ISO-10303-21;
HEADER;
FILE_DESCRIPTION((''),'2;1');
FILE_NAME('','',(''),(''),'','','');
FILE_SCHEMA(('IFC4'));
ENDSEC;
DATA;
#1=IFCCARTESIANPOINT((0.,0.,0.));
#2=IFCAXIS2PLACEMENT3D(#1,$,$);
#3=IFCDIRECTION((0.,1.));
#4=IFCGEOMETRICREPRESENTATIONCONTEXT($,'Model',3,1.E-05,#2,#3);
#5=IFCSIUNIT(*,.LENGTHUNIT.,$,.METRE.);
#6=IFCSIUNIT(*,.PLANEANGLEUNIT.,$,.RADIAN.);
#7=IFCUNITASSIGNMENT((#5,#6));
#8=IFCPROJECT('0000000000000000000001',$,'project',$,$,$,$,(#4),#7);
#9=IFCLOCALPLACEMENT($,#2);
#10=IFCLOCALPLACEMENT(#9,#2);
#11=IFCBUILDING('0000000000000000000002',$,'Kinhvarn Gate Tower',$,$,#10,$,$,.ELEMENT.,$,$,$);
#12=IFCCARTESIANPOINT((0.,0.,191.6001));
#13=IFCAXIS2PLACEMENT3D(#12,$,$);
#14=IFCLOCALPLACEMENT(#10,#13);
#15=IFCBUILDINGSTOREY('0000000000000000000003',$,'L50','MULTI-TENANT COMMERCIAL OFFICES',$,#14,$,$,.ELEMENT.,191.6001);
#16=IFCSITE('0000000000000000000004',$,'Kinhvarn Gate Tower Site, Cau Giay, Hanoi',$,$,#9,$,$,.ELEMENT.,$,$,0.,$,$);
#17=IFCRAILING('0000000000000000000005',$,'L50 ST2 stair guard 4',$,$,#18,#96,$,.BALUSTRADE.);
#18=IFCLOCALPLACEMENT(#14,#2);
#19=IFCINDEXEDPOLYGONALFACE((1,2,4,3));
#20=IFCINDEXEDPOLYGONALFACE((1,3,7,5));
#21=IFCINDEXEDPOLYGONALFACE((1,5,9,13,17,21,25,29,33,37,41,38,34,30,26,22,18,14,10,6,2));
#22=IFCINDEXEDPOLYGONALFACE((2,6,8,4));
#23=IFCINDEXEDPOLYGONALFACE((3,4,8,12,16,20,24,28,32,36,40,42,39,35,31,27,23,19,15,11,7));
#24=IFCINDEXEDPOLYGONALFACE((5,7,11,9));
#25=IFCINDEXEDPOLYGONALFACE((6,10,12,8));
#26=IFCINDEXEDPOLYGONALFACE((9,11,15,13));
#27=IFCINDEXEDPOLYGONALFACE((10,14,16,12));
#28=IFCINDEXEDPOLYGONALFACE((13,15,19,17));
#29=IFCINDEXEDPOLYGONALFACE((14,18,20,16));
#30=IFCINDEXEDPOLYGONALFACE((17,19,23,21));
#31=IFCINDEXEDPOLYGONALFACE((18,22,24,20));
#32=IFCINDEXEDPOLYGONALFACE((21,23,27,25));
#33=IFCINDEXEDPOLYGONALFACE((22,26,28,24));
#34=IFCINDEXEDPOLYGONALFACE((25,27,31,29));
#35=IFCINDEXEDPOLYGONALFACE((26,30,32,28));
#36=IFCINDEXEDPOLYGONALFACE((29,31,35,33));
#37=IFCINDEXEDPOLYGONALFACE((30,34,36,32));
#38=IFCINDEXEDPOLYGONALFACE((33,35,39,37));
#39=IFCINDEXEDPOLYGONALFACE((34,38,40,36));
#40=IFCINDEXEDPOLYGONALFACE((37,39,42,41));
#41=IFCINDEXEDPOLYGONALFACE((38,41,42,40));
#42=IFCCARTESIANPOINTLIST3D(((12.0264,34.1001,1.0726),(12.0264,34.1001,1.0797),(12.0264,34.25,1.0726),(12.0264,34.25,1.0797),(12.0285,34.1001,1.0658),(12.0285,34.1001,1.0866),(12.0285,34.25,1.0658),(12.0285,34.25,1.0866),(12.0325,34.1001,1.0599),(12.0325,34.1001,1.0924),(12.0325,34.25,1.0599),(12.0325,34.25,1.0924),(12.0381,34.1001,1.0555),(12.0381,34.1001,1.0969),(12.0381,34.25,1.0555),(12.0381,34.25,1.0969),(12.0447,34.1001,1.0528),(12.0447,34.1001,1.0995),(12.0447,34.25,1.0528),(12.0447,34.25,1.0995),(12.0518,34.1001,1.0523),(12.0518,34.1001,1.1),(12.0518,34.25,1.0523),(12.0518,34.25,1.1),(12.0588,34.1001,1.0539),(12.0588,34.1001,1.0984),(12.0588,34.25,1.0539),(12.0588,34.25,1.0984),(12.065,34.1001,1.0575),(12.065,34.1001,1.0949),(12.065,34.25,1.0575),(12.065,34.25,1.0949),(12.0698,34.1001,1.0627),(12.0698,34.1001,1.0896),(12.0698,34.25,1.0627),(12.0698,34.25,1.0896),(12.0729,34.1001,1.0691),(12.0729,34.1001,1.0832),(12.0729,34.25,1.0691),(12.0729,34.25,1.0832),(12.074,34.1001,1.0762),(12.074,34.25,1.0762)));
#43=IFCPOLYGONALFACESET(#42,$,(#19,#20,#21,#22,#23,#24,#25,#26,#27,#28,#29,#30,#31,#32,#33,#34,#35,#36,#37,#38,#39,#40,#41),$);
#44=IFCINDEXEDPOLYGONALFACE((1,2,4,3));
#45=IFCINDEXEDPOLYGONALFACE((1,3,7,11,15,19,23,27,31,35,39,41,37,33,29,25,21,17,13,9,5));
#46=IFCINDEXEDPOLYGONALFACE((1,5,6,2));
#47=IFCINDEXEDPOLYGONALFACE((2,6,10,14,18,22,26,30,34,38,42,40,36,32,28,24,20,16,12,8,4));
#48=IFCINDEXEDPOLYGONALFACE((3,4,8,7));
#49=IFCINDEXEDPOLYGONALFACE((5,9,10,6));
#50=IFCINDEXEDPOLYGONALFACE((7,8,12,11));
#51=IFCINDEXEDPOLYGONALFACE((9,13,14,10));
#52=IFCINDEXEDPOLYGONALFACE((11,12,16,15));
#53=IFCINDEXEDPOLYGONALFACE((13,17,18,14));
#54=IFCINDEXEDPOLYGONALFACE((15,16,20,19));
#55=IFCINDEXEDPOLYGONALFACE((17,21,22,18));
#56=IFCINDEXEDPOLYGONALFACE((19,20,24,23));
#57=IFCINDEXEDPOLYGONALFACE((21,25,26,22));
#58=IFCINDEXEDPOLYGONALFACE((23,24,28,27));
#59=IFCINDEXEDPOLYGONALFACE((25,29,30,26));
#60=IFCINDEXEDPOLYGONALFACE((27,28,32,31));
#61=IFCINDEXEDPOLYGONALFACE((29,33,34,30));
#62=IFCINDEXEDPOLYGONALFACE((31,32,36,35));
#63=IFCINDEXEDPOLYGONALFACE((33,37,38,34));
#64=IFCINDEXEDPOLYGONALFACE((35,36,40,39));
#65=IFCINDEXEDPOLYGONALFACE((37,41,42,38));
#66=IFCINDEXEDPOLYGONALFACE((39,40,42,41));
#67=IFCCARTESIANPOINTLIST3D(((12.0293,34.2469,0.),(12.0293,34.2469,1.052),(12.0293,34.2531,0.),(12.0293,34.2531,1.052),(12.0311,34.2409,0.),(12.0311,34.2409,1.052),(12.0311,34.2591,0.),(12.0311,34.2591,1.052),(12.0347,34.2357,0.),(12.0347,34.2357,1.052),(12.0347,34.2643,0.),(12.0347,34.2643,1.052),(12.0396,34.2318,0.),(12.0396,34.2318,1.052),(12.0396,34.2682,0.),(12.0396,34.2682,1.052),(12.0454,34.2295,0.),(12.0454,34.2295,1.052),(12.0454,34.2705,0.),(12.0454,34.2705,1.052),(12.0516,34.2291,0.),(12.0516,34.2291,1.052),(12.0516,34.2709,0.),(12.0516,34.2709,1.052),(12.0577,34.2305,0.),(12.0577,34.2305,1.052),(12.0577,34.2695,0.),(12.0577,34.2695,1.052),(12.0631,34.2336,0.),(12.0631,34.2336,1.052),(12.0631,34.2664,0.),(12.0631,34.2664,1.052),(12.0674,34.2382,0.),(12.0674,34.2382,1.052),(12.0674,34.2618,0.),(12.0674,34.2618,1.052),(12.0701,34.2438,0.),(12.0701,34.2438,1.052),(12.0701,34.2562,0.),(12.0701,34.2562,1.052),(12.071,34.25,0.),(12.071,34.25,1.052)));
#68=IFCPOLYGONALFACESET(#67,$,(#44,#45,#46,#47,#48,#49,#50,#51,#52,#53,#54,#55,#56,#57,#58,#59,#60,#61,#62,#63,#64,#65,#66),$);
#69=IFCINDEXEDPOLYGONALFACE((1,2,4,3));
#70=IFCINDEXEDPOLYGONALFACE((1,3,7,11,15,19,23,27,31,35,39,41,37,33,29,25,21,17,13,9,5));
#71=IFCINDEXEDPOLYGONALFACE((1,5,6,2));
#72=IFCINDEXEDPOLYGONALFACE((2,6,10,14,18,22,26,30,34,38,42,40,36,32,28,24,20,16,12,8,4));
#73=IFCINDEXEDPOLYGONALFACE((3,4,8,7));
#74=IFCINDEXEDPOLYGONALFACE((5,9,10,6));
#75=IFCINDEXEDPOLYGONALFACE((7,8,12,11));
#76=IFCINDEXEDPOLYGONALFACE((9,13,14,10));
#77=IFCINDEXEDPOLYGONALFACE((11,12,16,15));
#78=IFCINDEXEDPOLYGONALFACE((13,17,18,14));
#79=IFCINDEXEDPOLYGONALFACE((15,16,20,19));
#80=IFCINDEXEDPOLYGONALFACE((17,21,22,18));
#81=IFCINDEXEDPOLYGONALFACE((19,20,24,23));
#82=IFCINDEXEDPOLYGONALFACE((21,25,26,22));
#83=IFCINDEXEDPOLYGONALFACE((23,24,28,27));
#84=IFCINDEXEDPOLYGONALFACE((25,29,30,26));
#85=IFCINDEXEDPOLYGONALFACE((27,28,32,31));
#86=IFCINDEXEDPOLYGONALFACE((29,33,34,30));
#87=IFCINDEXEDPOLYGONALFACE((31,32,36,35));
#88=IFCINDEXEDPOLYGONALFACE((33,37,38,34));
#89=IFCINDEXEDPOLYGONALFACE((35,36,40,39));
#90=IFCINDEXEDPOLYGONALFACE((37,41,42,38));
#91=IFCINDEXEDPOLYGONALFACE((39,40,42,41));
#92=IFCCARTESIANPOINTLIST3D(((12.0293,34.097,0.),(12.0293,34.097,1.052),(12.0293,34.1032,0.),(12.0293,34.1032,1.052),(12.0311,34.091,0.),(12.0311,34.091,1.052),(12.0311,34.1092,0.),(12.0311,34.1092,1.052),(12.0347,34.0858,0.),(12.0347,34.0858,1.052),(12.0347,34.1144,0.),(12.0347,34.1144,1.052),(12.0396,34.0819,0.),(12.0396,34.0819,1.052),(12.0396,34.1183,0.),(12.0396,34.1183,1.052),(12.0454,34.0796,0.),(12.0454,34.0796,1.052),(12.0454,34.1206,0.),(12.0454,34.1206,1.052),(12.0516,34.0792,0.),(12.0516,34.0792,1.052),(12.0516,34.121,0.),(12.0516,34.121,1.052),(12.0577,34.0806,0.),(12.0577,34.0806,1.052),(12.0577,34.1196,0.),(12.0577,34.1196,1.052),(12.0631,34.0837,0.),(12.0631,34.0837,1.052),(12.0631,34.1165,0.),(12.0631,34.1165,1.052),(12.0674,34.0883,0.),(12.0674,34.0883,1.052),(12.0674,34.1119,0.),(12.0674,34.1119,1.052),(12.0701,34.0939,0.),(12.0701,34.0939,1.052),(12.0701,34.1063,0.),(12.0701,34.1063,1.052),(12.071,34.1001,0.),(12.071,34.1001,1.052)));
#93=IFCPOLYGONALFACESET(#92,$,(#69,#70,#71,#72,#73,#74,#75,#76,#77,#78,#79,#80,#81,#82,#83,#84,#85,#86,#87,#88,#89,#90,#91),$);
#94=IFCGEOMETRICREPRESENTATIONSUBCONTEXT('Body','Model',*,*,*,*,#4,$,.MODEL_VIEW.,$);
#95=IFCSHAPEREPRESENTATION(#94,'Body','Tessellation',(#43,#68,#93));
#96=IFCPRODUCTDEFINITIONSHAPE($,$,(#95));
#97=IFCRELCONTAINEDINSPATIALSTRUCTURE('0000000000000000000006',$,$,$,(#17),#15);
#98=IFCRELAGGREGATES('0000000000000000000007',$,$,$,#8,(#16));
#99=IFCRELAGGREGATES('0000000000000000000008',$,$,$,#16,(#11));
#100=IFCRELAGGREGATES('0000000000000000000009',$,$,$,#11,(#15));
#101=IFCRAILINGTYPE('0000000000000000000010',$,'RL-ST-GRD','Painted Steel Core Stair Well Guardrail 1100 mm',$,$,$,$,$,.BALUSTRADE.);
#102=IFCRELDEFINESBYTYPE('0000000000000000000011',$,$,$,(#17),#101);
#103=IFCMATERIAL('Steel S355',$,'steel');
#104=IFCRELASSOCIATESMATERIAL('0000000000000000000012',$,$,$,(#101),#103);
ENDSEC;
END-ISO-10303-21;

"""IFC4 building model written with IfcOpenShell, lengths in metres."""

from ifc_helpers import new_model, si_unit, direction, frame, origin, origin_2d, place, context, subcontext, project, spatial, circle, extrude, material, type_object, element, save


model = new_model("IFC4")

# Units and contexts
model_context = context("Model", 3, precision=1e-05, world=origin(), true_north=direction((0.0, 1.0)))
body_context = subcontext(model_context, "Body", "Model", "MODEL_VIEW")
ifc_project = project(units=[si_unit("LENGTHUNIT", "METRE"), si_unit("PLANEANGLEUNIT", "RADIAN")], contexts=[model_context])

# Site, building, storey
site_placement = place(None, origin())
site = spatial("IfcSite", under=ifc_project, at=site_placement, Name="Kinhvarn Gate Tower Site, Cau Giay, Hanoi", CompositionType="ELEMENT", RefElevation=0.0)
building_placement = place(site_placement, origin())
building = spatial("IfcBuilding", under=site, at=building_placement, Name="Kinhvarn Gate Tower", CompositionType="ELEMENT")
storey_placement = place(building_placement, frame((0.0, 0.0, 191.6001)))
storey = spatial("IfcBuildingStorey", under=building, at=storey_placement, Name="L50", Description="MULTI-TENANT COMMERCIAL OFFICES", CompositionType="ELEMENT", Elevation=191.6001)

# Railing
ifc_material_1 = material(Name="Steel S355", Category="steel")
railing_type_1 = type_object("IfcRailingType", Name="RL-ST-GRD", Description="Painted Steel Core Stair Well Guardrail 1100 mm", PredefinedType="BALUSTRADE", material=ifc_material_1)
railing_1_placement = place(storey_placement, frame((12.05, 34.25, 0.0)))
element("IfcRailing", 1, at=railing_1_placement, inside=storey, type_object=railing_type_1, Name="L50 ST2 stair guard 4", PredefinedType="BALUSTRADE", context=body_context, shape_type="SweptSolid", body=[
    extrude(circle(Radius=0.0239, at=origin_2d()), frame((0.0, 0.0, 1.0762), z_axis=(0.0, -1.0, 0.0), x_axis=(1.0, 0.0, 0.0)), (0.0, 0.0, 1.0), 0.1499),
    extrude(circle(Radius=0.021, at=origin_2d()), origin(), (0.0, 0.0, 1.0), 1.052),
    extrude(circle(Radius=0.021, at=origin_2d()), frame((0.0, -0.1499, 0.0)), (0.0, 0.0, 1.0), 1.052),
])

save(model, "model.ifc")
